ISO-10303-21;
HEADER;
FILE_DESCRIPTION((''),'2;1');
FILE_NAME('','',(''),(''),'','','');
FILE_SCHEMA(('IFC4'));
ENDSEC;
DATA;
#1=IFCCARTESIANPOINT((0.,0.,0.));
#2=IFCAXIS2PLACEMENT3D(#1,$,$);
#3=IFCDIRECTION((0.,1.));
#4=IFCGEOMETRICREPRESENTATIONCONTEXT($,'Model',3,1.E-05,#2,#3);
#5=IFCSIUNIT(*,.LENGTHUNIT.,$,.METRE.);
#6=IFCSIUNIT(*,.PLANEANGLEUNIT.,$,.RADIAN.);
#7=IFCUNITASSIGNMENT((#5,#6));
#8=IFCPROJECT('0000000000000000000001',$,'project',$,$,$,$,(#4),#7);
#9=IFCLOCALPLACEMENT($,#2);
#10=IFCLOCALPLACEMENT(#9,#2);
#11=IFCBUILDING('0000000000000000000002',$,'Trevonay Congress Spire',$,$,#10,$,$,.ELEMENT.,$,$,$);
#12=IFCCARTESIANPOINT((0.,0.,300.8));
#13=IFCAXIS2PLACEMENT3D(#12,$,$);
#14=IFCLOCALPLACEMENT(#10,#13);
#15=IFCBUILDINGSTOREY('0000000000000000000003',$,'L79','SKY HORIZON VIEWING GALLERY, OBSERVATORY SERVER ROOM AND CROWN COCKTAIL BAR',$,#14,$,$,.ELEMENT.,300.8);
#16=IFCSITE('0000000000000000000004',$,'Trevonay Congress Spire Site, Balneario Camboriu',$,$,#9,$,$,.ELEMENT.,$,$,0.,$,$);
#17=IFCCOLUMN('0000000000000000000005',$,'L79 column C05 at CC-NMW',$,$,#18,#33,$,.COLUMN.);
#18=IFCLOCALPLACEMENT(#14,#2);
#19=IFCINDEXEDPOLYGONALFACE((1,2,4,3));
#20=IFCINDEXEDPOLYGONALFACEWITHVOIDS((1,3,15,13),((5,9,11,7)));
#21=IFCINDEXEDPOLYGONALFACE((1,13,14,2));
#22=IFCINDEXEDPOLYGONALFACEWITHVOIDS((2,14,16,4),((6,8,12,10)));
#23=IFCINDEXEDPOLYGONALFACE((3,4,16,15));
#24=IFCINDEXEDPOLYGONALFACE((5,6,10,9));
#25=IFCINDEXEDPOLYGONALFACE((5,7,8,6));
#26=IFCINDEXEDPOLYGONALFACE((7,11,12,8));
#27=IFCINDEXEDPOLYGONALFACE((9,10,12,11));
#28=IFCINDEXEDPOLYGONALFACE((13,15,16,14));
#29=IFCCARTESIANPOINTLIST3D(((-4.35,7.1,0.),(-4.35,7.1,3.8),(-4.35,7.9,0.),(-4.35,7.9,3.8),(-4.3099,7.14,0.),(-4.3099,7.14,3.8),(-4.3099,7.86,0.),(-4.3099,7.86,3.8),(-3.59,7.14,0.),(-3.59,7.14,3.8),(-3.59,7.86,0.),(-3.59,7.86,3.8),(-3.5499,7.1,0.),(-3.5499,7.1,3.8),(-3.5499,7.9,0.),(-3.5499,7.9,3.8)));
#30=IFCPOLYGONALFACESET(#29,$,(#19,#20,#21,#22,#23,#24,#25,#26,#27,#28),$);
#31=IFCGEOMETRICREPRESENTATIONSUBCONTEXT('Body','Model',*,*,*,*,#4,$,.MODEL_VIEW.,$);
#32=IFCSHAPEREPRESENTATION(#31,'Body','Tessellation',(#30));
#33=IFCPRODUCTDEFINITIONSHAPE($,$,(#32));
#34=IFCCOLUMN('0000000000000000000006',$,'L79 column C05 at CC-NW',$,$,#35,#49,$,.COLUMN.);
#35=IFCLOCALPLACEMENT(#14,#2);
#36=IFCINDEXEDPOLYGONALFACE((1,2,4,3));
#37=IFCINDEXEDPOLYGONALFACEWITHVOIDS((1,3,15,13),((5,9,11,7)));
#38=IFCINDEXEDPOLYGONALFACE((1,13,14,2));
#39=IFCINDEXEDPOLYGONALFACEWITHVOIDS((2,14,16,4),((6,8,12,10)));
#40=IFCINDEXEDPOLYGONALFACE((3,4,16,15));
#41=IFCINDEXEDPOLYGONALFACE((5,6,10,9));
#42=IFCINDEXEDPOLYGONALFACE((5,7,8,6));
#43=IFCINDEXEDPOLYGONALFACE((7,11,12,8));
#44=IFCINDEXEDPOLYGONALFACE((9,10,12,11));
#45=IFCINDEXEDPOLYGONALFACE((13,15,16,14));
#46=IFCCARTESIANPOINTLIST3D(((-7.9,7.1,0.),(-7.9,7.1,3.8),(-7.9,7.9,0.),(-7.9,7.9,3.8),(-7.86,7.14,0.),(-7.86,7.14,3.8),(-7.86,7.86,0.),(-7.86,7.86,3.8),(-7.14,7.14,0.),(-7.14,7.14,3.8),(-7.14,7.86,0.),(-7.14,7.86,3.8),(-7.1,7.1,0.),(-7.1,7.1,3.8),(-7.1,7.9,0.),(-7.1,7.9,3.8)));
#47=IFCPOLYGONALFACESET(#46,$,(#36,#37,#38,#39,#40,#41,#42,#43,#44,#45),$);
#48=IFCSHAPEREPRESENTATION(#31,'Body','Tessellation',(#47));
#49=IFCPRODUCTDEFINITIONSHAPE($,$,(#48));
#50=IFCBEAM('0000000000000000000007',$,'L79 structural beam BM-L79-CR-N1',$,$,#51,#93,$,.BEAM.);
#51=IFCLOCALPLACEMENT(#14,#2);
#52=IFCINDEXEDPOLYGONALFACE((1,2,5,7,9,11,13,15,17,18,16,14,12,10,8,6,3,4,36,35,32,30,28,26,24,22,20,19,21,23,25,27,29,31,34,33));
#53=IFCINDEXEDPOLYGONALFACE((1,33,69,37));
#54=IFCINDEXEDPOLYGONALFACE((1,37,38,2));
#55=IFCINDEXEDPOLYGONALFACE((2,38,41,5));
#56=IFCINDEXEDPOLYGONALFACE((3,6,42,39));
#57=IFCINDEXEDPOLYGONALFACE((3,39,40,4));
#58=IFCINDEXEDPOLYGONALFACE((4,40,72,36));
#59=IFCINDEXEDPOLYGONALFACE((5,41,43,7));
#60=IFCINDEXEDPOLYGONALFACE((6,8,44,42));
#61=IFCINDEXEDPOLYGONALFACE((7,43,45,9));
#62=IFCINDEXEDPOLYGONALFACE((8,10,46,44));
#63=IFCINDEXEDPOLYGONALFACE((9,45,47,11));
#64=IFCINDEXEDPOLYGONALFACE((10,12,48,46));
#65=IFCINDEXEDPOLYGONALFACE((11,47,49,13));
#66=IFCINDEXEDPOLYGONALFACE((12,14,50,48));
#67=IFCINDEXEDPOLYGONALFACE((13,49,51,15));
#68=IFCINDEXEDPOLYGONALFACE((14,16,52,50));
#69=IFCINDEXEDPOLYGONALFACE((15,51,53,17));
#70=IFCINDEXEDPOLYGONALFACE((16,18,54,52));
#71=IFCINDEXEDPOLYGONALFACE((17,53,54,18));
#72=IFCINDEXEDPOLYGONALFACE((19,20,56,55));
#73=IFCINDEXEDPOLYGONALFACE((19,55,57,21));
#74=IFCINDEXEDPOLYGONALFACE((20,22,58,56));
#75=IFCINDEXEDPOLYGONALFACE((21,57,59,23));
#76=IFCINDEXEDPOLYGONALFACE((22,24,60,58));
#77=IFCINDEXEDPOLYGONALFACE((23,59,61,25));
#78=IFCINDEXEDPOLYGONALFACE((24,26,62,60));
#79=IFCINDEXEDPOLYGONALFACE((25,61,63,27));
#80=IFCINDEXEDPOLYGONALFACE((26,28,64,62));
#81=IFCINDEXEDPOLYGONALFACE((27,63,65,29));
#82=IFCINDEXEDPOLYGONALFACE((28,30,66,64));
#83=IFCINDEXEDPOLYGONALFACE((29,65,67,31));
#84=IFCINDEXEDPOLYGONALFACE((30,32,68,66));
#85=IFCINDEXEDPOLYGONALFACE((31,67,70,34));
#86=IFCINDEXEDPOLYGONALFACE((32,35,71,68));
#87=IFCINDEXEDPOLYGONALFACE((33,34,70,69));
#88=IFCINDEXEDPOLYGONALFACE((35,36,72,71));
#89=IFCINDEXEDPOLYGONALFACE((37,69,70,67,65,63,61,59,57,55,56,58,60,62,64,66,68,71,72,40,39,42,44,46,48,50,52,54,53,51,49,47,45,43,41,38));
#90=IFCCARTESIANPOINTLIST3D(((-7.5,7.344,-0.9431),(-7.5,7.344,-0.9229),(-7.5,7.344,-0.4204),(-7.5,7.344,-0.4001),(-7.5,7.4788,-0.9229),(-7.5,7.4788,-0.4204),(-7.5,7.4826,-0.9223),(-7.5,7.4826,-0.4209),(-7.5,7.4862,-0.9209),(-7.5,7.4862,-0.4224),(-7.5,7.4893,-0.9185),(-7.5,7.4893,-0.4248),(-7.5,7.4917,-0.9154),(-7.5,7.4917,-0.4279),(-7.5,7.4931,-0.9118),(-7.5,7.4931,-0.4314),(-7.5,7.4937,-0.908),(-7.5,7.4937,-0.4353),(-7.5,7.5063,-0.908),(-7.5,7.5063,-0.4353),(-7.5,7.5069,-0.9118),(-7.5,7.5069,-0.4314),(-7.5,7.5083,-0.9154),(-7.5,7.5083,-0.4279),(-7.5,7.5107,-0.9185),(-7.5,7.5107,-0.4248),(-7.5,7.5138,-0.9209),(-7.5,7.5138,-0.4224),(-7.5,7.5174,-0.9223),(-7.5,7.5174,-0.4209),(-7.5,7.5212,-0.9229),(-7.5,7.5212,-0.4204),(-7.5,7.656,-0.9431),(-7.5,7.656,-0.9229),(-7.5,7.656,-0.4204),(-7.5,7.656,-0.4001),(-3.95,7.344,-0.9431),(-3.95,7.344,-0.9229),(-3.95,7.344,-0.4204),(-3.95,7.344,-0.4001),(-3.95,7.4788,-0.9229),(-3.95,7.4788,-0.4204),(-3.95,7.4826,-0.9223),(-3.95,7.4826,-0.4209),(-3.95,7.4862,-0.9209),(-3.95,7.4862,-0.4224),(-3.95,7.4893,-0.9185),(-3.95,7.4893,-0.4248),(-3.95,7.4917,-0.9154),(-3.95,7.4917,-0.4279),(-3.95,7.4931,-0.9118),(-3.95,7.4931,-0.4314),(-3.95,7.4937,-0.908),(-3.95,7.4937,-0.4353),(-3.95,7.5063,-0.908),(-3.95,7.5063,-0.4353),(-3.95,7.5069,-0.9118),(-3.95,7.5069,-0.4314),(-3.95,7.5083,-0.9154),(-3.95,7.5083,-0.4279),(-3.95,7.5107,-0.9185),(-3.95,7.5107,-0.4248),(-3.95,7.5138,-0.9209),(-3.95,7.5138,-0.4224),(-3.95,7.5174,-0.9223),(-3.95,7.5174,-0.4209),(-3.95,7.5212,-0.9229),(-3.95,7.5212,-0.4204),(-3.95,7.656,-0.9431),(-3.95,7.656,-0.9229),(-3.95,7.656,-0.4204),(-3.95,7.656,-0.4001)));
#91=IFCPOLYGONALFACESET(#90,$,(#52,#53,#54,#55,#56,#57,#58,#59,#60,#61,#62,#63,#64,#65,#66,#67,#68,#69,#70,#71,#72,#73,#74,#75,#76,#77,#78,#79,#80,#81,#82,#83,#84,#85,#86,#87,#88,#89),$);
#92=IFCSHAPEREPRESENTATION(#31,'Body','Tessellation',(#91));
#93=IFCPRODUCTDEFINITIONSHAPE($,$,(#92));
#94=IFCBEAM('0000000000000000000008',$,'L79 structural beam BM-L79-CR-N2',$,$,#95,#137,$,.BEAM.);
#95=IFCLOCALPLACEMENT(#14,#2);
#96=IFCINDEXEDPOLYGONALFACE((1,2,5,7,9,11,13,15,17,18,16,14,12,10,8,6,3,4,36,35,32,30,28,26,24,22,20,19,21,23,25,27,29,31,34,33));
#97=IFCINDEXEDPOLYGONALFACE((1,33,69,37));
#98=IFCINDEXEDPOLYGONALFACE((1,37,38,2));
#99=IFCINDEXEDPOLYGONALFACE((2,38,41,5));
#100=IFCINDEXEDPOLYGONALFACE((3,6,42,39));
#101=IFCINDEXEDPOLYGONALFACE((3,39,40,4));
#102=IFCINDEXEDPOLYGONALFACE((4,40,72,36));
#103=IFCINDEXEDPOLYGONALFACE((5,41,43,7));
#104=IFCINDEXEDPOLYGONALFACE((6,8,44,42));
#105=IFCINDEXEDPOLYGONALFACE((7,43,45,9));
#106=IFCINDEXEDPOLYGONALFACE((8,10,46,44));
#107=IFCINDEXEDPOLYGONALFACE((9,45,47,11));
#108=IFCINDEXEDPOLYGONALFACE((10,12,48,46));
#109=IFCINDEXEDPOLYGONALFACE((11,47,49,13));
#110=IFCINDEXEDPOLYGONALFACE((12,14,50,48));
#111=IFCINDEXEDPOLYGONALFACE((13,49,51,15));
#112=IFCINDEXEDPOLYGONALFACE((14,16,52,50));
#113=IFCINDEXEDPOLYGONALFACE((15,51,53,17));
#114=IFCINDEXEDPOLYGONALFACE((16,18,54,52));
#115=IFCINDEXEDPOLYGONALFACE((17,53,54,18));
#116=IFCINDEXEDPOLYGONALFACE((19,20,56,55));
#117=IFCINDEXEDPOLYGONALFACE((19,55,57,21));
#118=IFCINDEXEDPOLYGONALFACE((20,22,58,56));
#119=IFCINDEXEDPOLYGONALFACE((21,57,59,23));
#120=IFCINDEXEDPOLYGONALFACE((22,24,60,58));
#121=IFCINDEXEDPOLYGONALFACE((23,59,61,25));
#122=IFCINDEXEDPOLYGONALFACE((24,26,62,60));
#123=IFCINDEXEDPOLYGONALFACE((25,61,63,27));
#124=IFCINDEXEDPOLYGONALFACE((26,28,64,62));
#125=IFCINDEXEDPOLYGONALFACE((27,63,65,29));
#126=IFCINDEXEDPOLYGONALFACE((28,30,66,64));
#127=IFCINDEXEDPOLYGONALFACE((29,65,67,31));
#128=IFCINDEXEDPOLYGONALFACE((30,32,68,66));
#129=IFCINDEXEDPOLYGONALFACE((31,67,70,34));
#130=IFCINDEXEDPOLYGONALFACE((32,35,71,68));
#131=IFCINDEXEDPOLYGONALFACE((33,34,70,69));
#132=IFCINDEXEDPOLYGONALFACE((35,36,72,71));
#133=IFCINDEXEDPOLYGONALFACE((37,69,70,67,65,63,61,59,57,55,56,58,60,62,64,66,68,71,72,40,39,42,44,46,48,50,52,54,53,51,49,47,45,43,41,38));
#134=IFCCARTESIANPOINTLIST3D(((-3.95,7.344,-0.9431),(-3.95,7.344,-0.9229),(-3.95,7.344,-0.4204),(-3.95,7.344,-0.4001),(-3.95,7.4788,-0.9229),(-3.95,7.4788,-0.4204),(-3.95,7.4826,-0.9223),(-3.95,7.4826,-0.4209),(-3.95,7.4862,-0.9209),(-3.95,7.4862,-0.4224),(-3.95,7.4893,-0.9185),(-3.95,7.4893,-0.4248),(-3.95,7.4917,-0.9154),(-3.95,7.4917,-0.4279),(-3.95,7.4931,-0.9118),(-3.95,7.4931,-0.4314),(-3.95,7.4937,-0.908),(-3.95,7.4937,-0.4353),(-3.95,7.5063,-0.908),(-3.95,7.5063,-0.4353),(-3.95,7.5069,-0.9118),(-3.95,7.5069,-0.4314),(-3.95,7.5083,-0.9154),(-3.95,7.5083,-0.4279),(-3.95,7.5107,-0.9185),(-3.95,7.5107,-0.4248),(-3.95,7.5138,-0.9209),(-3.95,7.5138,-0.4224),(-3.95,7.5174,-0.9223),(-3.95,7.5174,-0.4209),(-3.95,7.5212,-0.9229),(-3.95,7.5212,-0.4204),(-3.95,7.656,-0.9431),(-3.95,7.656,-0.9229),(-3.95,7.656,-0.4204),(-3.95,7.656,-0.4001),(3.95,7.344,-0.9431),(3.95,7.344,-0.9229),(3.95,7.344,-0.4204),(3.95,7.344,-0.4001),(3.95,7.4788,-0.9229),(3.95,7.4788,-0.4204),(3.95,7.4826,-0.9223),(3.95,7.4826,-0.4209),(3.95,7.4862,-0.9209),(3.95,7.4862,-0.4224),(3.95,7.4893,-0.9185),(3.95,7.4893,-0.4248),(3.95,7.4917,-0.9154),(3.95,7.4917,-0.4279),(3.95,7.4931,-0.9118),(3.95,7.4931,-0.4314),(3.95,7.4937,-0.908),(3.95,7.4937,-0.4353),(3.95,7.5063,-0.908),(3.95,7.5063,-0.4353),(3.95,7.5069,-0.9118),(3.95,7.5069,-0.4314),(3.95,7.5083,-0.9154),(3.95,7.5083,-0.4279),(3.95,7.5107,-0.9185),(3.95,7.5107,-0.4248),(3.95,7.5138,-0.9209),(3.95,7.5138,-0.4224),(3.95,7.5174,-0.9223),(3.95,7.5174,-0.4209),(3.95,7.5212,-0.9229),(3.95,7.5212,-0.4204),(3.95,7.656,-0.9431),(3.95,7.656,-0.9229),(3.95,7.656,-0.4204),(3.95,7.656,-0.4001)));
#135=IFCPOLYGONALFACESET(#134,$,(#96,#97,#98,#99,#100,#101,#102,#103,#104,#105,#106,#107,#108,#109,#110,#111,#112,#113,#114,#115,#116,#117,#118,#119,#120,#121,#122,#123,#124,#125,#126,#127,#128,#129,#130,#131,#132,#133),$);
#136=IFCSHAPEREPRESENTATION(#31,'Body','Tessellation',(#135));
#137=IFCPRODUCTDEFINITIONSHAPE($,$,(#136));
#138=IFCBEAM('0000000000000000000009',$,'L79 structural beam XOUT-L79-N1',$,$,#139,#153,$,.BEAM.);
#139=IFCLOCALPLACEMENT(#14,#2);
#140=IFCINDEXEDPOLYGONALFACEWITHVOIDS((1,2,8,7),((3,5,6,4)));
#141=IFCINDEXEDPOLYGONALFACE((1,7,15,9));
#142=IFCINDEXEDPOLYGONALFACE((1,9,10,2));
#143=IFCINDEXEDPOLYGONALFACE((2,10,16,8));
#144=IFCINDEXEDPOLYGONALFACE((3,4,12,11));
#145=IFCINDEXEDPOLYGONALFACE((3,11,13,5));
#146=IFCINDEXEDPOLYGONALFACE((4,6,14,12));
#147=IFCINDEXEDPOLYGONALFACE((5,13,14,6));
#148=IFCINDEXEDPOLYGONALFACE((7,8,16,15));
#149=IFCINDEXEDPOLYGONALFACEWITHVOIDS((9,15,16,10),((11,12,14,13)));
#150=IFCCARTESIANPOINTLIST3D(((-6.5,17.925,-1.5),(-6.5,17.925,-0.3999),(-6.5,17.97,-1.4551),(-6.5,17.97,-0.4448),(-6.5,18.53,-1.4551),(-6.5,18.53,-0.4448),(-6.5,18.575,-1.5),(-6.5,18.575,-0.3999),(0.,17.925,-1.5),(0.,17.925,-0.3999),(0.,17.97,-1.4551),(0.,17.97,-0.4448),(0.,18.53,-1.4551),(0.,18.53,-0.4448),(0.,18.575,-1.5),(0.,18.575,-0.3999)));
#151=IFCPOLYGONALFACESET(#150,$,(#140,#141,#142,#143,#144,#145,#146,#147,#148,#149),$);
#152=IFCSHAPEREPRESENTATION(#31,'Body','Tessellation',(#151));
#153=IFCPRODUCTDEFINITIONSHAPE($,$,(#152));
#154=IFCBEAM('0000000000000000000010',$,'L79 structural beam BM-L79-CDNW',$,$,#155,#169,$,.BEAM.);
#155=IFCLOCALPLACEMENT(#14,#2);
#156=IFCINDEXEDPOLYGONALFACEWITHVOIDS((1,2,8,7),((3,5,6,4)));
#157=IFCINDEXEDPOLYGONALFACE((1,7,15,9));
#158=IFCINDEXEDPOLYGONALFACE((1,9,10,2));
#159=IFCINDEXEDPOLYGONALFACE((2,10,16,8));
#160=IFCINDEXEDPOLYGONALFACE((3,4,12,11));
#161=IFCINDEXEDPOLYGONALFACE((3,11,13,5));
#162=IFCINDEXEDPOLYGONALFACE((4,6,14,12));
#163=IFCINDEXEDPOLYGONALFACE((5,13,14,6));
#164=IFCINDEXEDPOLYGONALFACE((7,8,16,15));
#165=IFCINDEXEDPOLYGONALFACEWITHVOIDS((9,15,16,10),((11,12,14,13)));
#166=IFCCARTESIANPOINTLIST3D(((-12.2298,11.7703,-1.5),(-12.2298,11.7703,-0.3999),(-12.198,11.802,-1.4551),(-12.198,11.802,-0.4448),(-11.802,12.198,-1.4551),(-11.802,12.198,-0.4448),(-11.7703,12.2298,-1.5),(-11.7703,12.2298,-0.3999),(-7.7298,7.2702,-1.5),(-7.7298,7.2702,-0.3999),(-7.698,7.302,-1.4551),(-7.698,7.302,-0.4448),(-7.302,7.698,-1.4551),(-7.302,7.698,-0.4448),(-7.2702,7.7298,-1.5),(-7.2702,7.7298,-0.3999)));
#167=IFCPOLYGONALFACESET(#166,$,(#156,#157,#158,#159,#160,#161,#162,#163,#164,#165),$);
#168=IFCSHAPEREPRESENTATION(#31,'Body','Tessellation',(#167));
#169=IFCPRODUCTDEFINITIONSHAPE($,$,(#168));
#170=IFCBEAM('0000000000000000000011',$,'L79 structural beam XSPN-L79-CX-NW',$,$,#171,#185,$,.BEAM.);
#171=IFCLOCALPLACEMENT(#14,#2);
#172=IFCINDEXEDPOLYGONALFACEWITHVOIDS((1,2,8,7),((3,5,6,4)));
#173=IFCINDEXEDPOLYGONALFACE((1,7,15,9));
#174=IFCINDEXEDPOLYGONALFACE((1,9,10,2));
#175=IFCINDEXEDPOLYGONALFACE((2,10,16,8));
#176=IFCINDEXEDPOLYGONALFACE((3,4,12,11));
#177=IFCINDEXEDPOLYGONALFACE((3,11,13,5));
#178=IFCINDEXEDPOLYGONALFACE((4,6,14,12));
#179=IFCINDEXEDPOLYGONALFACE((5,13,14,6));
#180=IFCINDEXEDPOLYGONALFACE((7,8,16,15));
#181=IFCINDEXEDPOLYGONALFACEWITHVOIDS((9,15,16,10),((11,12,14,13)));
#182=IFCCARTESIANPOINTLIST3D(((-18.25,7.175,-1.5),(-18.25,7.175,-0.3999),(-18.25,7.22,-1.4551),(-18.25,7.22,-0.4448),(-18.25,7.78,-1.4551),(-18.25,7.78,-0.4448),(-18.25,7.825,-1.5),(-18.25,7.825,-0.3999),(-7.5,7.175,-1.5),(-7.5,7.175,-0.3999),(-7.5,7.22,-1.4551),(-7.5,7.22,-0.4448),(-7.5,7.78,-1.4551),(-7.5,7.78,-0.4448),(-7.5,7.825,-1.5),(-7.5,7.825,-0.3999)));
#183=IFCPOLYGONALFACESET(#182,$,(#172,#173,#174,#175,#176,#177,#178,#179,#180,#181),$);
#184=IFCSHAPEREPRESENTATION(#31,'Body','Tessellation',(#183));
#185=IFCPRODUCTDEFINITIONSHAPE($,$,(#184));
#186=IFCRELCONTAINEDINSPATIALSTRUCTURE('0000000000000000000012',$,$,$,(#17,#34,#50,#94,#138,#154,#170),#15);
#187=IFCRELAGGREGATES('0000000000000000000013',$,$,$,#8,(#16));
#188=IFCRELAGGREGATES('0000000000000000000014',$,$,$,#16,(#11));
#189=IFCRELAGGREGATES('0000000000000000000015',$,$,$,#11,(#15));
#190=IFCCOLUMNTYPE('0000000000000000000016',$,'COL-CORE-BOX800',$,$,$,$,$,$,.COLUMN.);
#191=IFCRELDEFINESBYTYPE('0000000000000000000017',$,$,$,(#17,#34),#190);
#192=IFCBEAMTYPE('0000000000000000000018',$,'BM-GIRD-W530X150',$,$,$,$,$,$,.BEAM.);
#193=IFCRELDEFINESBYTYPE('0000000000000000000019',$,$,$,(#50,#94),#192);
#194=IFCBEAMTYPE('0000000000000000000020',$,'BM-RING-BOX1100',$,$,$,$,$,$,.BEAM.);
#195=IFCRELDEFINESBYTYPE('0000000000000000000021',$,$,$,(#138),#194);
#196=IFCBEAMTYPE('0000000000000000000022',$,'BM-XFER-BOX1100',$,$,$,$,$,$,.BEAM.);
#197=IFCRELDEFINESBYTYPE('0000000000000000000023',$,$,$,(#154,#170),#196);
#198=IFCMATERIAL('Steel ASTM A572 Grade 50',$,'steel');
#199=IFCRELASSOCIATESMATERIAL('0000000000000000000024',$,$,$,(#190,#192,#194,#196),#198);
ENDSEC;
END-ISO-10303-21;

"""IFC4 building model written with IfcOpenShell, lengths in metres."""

from ifc_helpers import new_model, si_unit, direction, frame, origin, origin_2d, place, context, subcontext, project, spatial, hollow_rectangle, i_section, extrude, material, material_profile, profile_set, type_object, element, save


model = new_model("IFC4")

# Units and contexts
model_context = context("Model", 3, precision=1e-05, world=origin(), true_north=direction((0.0, 1.0)))
body_context = subcontext(model_context, "Body", "Model", "MODEL_VIEW")
ifc_project = project(units=[si_unit("LENGTHUNIT", "METRE"), si_unit("PLANEANGLEUNIT", "RADIAN")], contexts=[model_context])

# Site, building, storey
site_placement = place(None, origin())
site = spatial("IfcSite", under=ifc_project, at=site_placement, Name="Trevonay Congress Spire Site, Balneario Camboriu", CompositionType="ELEMENT", RefElevation=0.0)
building_placement = place(site_placement, origin())
building = spatial("IfcBuilding", under=site, at=building_placement, Name="Trevonay Congress Spire", CompositionType="ELEMENT")
storey_placement = place(building_placement, frame((0.0, 0.0, 300.8)))
storey = spatial("IfcBuildingStorey", under=building, at=storey_placement, Name="L79", Description="SKY HORIZON VIEWING GALLERY, OBSERVATORY SERVER ROOM AND CROWN COCKTAIL BAR", CompositionType="ELEMENT", Elevation=300.8)

# Columns
ifc_material_1 = material(Name="Steel ASTM A572 Grade 50", Category="steel")
ifc_material_profile_1 = material_profile(ifc_material_1, hollow_rectangle(XDim=0.8, YDim=0.8, WallThickness=0.04, at=origin_2d()), Name="BOX 800x800x40")
ifc_profile_set_1 = profile_set([ifc_material_profile_1], Name="Steel ASTM A572 Grade 50")
column_type = type_object("IfcColumnType", Name="COL-CORE-BOX800", PredefinedType="COLUMN", material=ifc_profile_set_1)
for number, where, z_axis, x_axis, name in (
    (1, (-3.95, 7.5, 0.0), (0.0, 0.0, 1.0), (1.0, 0.0, 0.0), "L79 column C05 at CC-NMW"),
    (2, (-7.5, 7.5, 0.0), (0.0, 0.0, 1.0), (1.0, 0.0, 0.0), "L79 column C05 at CC-NW"),
):
    element("IfcColumn", number, at=place(storey_placement, frame(where, z_axis=z_axis, x_axis=x_axis)), inside=storey, type_object=column_type, Name=name, PredefinedType="COLUMN", context=body_context, shape_type="SweptSolid", body=[
        extrude(hollow_rectangle(XDim=0.8, YDim=0.8, WallThickness=0.04, at=origin_2d()), origin(), (0.0, 0.0, 1.0), 3.8),
    ])

# Beams
ifc_material_profile_2 = material_profile(ifc_material_1, i_section(OverallWidth=0.312, OverallDepth=0.543, WebThickness=0.0127, FlangeThickness=0.0203, FilletRadius=0.0149, at=origin_2d()), Name="W530x150")
ifc_profile_set_2 = profile_set([ifc_material_profile_2], Name="Steel ASTM A572 Grade 50")
beam_type_1 = type_object("IfcBeamType", Name="BM-GIRD-W530X150", PredefinedType="BEAM", material=ifc_profile_set_2)
beam_1_placement = place(storey_placement, frame((-7.5, 7.5, -0.6716), z_axis=(1.0, 0.0, 0.0), x_axis=(0.0, 1.0, 0.0)))
element("IfcBeam", 3, at=beam_1_placement, inside=storey, type_object=beam_type_1, Name="L79 structural beam BM-L79-CR-N1", PredefinedType="BEAM", context=body_context, shape_type="SweptSolid", body=[
    extrude(i_section(OverallWidth=0.312, OverallDepth=0.543, WebThickness=0.0127, FlangeThickness=0.0203, FilletRadius=0.0149, at=origin_2d()), origin(), (0.0, 0.0, 1.0), 3.55),
])
beam_2_placement = place(storey_placement, frame((-3.95, 7.5, -0.6716), z_axis=(1.0, 0.0, 0.0), x_axis=(0.0, 1.0, 0.0)))
element("IfcBeam", 4, at=beam_2_placement, inside=storey, type_object=beam_type_1, Name="L79 structural beam BM-L79-CR-N2", PredefinedType="BEAM", context=body_context, shape_type="SweptSolid", body=[
    extrude(i_section(OverallWidth=0.312, OverallDepth=0.543, WebThickness=0.0127, FlangeThickness=0.0203, FilletRadius=0.0149, at=origin_2d()), origin(), (0.0, 0.0, 1.0), 7.8999),
])
ifc_material_profile_3 = material_profile(ifc_material_1, hollow_rectangle(XDim=0.6499, YDim=1.1001, WallThickness=0.0449, at=origin_2d()), Name="BOX 1100x650x45")
ifc_profile_set_3 = profile_set([ifc_material_profile_3], Name="Steel ASTM A572 Grade 50")
beam_type_2 = type_object("IfcBeamType", Name="BM-RING-BOX1100", PredefinedType="BEAM", material=ifc_profile_set_3)
beam_3_placement = place(storey_placement, frame((-6.5, 18.25, -0.95), z_axis=(1.0, 0.0, 0.0), x_axis=(0.0, 1.0, 0.0)))
element("IfcBeam", 5, at=beam_3_placement, inside=storey, type_object=beam_type_2, Name="L79 structural beam XOUT-L79-N1", PredefinedType="BEAM", context=body_context, shape_type="SweptSolid", body=[
    extrude(hollow_rectangle(XDim=0.6499, YDim=1.1001, WallThickness=0.0449, at=origin_2d()), origin(), (0.0, 0.0, 1.0), 6.5),
])
ifc_material_profile_4 = material_profile(ifc_material_1, hollow_rectangle(XDim=0.6499, YDim=1.1001, WallThickness=0.0449, at=origin_2d()), Name="BOX 1100x650x45")
ifc_profile_set_4 = profile_set([ifc_material_profile_4], Name="Steel ASTM A572 Grade 50")
beam_type_3 = type_object("IfcBeamType", Name="BM-XFER-BOX1100", PredefinedType="BEAM", material=ifc_profile_set_4)
beam_4_placement = place(storey_placement, frame((-7.5, 7.5, -0.95), z_axis=(-0.707107, 0.707107, 0.0), x_axis=(-0.707107, -0.707107, 0.0)))
element("IfcBeam", 6, at=beam_4_placement, inside=storey, type_object=beam_type_3, Name="L79 structural beam BM-L79-CDNW", PredefinedType="BEAM", context=body_context, shape_type="SweptSolid", body=[
    extrude(hollow_rectangle(XDim=0.6499, YDim=1.1001, WallThickness=0.0449, at=origin_2d()), origin(), (0.0, 0.0, 1.0), 6.364),
])
for number, where, z_axis, x_axis, name in (
    (7, (-7.5, 7.5, -0.95), (-1.0, 0.0, 0.0), (0.0, -1.0, 0.0), "L79 structural beam XSPN-L79-CX-NW"),
):
    element("IfcBeam", number, at=place(storey_placement, frame(where, z_axis=z_axis, x_axis=x_axis)), inside=storey, type_object=beam_type_3, Name=name, PredefinedType="BEAM", context=body_context, shape_type="SweptSolid", body=[
        extrude(hollow_rectangle(XDim=0.6499, YDim=1.1001, WallThickness=0.0449, at=origin_2d()), origin(), (0.0, 0.0, 1.0), 10.75),
    ])

save(model, "model.ifc")
